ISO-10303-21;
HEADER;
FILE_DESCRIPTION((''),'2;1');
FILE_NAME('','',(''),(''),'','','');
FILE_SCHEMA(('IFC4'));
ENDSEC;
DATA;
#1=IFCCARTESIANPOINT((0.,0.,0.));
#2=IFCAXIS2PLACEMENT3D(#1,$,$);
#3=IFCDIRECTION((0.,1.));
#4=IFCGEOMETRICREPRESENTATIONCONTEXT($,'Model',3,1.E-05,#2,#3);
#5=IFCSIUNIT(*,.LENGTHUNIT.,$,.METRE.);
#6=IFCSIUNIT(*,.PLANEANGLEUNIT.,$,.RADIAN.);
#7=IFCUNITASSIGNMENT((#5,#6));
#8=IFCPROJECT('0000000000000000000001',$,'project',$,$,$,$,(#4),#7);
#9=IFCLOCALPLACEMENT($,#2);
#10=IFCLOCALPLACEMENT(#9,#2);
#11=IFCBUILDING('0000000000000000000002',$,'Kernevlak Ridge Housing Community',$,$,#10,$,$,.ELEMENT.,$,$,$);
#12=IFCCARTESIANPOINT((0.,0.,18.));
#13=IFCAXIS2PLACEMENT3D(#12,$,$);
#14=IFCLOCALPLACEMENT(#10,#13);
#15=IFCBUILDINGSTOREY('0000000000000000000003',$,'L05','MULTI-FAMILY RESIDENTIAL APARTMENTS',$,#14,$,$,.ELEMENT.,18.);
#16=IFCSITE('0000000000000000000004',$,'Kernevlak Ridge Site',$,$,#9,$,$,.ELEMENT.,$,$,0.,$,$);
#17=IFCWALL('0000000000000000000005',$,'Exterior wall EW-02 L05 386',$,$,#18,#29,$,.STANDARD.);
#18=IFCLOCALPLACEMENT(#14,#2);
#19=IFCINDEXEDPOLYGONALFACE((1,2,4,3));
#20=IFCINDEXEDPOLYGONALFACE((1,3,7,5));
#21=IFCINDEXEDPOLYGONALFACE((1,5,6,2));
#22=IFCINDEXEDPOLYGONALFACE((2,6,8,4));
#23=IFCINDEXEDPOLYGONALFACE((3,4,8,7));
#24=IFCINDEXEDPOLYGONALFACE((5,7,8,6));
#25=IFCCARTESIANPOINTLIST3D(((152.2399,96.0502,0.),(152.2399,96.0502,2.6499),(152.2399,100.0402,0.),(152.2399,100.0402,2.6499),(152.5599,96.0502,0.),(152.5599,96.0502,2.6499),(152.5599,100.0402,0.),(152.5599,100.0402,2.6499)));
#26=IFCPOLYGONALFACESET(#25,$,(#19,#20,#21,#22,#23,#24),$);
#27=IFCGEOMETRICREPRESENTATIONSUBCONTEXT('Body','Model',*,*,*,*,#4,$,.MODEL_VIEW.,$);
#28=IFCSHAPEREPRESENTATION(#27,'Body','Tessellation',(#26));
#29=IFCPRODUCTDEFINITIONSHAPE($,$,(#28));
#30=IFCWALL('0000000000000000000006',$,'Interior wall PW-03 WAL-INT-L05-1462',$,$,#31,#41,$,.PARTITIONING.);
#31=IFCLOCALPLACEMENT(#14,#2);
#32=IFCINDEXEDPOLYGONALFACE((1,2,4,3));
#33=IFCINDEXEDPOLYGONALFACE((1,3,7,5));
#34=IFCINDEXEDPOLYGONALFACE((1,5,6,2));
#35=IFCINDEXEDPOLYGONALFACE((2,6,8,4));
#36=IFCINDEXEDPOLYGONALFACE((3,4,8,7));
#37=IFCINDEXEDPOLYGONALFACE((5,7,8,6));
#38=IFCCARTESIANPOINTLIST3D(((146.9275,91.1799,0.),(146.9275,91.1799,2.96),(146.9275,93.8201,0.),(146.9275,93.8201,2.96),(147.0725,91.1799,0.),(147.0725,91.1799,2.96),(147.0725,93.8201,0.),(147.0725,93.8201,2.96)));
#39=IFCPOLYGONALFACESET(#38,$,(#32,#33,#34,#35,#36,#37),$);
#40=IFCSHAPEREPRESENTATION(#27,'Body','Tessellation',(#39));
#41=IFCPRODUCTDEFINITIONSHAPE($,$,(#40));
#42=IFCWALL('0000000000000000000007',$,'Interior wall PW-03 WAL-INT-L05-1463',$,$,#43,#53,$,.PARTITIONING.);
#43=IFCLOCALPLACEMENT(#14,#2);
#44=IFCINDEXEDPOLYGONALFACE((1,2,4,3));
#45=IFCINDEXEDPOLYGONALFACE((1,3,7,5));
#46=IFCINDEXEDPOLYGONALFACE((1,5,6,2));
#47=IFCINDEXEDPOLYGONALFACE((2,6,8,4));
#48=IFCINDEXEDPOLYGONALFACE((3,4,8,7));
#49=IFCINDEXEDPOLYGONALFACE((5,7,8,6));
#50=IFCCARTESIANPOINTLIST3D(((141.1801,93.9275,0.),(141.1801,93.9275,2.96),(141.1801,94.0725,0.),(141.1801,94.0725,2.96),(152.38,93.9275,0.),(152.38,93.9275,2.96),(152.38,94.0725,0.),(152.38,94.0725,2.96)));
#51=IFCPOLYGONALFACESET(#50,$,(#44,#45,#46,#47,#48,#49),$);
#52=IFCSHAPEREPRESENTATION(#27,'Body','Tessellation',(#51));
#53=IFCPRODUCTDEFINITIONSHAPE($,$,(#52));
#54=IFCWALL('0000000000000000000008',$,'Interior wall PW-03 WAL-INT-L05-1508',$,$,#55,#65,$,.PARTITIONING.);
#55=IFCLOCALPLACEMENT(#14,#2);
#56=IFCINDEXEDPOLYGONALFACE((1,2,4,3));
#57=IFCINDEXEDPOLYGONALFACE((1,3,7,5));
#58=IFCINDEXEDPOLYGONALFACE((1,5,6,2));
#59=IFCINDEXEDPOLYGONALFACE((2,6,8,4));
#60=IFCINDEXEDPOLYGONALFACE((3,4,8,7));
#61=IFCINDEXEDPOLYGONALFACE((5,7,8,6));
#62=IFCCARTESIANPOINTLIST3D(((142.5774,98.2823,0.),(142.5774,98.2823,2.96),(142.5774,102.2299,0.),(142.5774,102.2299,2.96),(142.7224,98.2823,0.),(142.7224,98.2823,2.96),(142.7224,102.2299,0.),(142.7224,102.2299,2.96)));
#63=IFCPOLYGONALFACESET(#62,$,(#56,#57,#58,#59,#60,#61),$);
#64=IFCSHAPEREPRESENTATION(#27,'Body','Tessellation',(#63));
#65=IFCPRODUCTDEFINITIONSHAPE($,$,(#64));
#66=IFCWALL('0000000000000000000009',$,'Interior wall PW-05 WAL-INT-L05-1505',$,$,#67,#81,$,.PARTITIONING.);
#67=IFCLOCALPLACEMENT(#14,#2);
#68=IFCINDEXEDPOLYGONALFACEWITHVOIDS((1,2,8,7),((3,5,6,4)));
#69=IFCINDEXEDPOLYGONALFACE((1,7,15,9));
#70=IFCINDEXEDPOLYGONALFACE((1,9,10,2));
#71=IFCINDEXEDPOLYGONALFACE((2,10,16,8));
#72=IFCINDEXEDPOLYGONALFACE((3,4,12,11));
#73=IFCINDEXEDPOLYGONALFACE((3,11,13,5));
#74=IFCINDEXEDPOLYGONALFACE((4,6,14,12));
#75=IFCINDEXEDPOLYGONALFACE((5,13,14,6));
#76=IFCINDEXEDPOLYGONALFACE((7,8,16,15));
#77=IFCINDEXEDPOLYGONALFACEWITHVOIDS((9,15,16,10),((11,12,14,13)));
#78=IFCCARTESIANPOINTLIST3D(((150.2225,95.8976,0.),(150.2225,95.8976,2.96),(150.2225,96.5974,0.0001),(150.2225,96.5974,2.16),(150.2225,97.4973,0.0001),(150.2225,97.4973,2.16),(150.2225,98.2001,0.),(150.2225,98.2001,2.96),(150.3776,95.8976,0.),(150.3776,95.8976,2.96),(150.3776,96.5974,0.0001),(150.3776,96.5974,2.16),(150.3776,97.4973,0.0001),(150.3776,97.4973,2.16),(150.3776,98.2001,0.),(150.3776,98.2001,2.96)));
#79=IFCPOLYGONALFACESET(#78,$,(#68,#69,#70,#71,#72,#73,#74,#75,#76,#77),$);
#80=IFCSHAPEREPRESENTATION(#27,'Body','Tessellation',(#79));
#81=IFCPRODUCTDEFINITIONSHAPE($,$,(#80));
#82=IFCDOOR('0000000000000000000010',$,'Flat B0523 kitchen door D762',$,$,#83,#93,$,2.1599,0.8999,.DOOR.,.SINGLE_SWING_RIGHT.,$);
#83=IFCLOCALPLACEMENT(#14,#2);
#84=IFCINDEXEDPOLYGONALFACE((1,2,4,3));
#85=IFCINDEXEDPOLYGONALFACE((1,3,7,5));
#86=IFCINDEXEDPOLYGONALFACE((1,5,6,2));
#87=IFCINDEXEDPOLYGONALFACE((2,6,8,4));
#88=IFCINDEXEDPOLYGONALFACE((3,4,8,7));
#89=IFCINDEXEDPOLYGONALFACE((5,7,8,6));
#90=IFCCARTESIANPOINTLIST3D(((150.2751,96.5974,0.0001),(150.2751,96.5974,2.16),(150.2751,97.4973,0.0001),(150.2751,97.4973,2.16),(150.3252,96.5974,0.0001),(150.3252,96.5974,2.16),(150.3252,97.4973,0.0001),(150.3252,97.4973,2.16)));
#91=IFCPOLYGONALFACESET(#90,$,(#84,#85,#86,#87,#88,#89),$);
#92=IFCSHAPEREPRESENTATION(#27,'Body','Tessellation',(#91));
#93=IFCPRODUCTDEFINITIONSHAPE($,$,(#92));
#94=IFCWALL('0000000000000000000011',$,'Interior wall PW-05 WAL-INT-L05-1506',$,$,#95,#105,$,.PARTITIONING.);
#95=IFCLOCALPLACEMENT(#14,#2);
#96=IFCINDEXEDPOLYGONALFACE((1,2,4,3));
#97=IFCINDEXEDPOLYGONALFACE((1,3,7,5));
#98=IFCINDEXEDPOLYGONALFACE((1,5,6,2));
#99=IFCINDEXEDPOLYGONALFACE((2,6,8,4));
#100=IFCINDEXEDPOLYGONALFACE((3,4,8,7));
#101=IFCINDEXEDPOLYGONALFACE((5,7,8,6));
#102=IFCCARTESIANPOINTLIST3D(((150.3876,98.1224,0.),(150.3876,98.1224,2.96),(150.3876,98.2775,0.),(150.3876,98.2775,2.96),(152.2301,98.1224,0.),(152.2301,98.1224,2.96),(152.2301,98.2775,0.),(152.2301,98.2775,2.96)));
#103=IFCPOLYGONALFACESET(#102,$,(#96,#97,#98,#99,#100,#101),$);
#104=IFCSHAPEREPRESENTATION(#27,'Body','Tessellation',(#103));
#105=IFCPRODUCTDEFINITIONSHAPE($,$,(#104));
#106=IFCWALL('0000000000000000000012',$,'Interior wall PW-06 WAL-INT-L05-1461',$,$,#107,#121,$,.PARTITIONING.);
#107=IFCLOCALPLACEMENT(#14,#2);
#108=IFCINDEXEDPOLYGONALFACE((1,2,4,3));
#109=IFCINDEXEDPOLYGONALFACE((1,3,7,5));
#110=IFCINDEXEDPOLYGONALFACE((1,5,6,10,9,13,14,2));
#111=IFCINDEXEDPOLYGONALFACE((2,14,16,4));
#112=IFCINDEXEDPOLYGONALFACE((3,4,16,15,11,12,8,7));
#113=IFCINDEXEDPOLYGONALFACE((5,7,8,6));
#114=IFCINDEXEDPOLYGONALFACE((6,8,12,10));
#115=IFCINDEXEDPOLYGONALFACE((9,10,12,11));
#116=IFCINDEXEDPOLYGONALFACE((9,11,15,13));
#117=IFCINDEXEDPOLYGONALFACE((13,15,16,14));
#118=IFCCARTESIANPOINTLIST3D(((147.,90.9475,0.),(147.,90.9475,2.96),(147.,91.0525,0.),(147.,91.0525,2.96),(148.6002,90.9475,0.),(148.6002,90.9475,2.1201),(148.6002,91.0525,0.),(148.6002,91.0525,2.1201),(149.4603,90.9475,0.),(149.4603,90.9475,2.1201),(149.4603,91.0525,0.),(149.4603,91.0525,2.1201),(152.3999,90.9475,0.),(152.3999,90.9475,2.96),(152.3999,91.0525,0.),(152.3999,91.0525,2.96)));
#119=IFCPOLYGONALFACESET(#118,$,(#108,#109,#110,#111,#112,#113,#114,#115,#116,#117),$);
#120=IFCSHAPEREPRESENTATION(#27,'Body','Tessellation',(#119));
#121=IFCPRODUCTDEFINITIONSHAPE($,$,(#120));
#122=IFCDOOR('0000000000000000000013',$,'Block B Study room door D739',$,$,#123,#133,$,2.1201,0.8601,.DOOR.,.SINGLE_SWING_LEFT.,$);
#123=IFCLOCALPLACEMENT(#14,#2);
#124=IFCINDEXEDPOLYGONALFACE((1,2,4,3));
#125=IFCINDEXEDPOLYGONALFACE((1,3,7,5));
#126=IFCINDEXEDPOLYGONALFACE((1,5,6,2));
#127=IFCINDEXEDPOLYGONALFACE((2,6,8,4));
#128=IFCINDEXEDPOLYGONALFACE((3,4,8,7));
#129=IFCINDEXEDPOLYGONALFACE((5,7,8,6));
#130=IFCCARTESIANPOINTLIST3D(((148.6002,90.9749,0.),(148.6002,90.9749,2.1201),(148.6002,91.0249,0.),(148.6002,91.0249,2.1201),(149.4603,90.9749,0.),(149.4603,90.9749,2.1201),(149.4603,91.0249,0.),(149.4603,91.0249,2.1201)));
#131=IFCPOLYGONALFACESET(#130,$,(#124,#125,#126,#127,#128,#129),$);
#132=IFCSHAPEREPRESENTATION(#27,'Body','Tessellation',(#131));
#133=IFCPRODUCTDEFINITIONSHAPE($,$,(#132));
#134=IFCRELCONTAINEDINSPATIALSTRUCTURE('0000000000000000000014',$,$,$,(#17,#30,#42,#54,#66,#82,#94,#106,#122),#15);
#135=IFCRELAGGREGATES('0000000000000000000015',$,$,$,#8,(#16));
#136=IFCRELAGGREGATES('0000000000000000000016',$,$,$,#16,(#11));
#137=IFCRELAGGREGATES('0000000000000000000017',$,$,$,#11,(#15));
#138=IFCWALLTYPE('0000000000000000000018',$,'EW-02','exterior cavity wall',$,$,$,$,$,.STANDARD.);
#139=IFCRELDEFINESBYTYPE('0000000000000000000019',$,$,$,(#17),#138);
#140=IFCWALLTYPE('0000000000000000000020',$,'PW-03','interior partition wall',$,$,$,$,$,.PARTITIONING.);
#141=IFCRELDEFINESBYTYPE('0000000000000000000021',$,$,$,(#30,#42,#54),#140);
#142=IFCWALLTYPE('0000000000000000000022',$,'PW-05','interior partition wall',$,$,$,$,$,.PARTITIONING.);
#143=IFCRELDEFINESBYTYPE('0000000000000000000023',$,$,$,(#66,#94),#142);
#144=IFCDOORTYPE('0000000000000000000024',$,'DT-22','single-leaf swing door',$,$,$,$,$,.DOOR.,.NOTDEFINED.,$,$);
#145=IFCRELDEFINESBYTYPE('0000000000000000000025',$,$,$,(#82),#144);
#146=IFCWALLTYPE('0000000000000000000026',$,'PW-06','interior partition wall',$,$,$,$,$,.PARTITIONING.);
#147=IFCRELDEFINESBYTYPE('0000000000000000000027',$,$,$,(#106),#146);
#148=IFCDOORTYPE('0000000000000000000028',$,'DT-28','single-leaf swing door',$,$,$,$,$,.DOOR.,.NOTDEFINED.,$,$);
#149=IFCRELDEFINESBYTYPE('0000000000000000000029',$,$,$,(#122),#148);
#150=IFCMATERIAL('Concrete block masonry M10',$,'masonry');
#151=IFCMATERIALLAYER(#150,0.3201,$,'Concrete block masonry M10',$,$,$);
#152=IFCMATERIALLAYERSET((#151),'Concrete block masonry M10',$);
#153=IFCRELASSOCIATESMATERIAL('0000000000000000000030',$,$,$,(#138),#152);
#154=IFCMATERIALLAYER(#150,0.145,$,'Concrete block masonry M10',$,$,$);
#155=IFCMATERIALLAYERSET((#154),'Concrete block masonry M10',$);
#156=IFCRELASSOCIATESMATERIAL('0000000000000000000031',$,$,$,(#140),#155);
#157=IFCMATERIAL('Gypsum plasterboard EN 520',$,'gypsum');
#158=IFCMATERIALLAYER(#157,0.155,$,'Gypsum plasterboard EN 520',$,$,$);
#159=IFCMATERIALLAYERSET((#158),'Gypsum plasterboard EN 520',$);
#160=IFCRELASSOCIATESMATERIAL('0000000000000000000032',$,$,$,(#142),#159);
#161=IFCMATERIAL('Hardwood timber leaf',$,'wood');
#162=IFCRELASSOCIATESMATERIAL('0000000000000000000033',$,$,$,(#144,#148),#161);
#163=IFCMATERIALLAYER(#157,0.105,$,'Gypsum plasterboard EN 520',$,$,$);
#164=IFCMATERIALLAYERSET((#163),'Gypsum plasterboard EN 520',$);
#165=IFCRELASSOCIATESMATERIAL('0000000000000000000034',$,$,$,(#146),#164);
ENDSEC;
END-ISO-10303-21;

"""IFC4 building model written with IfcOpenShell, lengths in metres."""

from ifc_helpers import new_model, si_unit, direction, frame, frame_2d, origin, place, context, subcontext, project, spatial, rectangle, extrude, material, layer, layer_set, type_object, element, fill, save


model = new_model("IFC4")

# Units and contexts
model_context = context("Model", 3, precision=1e-05, world=origin(), true_north=direction((0.0, 1.0)))
body_context = subcontext(model_context, "Body", "Model", "MODEL_VIEW")
ifc_project = project(units=[si_unit("LENGTHUNIT", "METRE"), si_unit("PLANEANGLEUNIT", "RADIAN")], contexts=[model_context])

# Site, building, storey
site_placement = place(None, origin())
site = spatial("IfcSite", under=ifc_project, at=site_placement, Name="Kernevlak Ridge Site", CompositionType="ELEMENT", RefElevation=0.0)
building_placement = place(site_placement, origin())
building = spatial("IfcBuilding", under=site, at=building_placement, Name="Kernevlak Ridge Housing Community", CompositionType="ELEMENT")
storey_placement = place(building_placement, frame((0.0, 0.0, 18.0)))
storey = spatial("IfcBuildingStorey", under=building, at=storey_placement, Name="L05", Description="MULTI-FAMILY RESIDENTIAL APARTMENTS", CompositionType="ELEMENT", Elevation=18.0)

# Shared definitions
ifc_material_1 = material(Name="Concrete block masonry M10", Category="masonry")
ifc_layer_1 = layer(ifc_material_1, 0.3201, Name="Concrete block masonry M10")
ifc_layer_set_1 = layer_set([ifc_layer_1], Name="Concrete block masonry M10")
wall_type_1 = type_object("IfcWallType", Name="EW-02", Description="exterior cavity wall", PredefinedType="STANDARD", material=ifc_layer_set_1)

# Walls
wall_1_placement = place(storey_placement, frame((152.3999, 96.05, 0.0), z_axis=(0.0, 0.0, 1.0), x_axis=(0.0, 1.0, 0.0)))
element("IfcWall", 1, at=wall_1_placement, inside=storey, type_object=wall_type_1, Name="Exterior wall EW-02 L05 386", PredefinedType="STANDARD", context=body_context, shape_type="SweptSolid", body=[
    extrude(rectangle(XDim=3.99, YDim=0.3201, at=frame_2d((1.9951, 0.0))), origin(), (0.0, 0.0, 1.0), 2.6499),
])
ifc_layer_2 = layer(ifc_material_1, 0.145, Name="Concrete block masonry M10")
ifc_layer_set_2 = layer_set([ifc_layer_2], Name="Concrete block masonry M10")
wall_type_2 = type_object("IfcWallType", Name="PW-03", Description="interior partition wall", PredefinedType="PARTITIONING", material=ifc_layer_set_2)
wall_2_placement = place(storey_placement, frame((147.0, 91.1799, 0.0), z_axis=(0.0, 0.0, 1.0), x_axis=(0.0, 1.0, 0.0)))
element("IfcWall", 2, at=wall_2_placement, inside=storey, type_object=wall_type_2, Name="Interior wall PW-03 WAL-INT-L05-1462", PredefinedType="PARTITIONING", context=body_context, shape_type="SweptSolid", body=[
    extrude(rectangle(XDim=2.6401, YDim=0.145, at=frame_2d((1.3201, 0.0))), origin(), (0.0, 0.0, 1.0), 2.96),
])
wall_3_placement = place(storey_placement, frame((141.1799, 94.0, 0.0), z_axis=(0.0, 0.0, 1.0), x_axis=(1.0, 0.0, 0.0)))
element("IfcWall", 3, at=wall_3_placement, inside=storey, type_object=wall_type_2, Name="Interior wall PW-03 WAL-INT-L05-1463", PredefinedType="PARTITIONING", context=body_context, shape_type="SweptSolid", body=[
    extrude(rectangle(XDim=11.2, YDim=0.145, at=frame_2d((5.6001, 0.0))), origin(), (0.0, 0.0, 1.0), 2.96),
])

# Shared definitions
ifc_material_2 = material(Name="Hardwood timber leaf", Category="wood")

# Wall
wall_4_placement = place(storey_placement, frame((142.6499, 98.2825, 0.0), z_axis=(0.0, 0.0, 1.0), x_axis=(0.0, 1.0, 0.0)))
element("IfcWall", 4, at=wall_4_placement, inside=storey, type_object=wall_type_2, Name="Interior wall PW-03 WAL-INT-L05-1508", PredefinedType="PARTITIONING", context=body_context, shape_type="SweptSolid", body=[
    extrude(rectangle(XDim=3.9475, YDim=0.145, at=frame_2d((1.9736, 0.0))), origin(), (0.0, 0.0, 1.0), 2.96),
])

# Wall, opening, door
ifc_material_3 = material(Name="Gypsum plasterboard EN 520", Category="gypsum")
ifc_layer_3 = layer(ifc_material_3, 0.155, Name="Gypsum plasterboard EN 520")
ifc_layer_set_3 = layer_set([ifc_layer_3], Name="Gypsum plasterboard EN 520")
wall_type_3 = type_object("IfcWallType", Name="PW-05", Description="interior partition wall", PredefinedType="PARTITIONING", material=ifc_layer_set_3)
wall_5_placement = place(storey_placement, frame((150.3, 95.8975, 0.0), z_axis=(0.0, 0.0, 1.0), x_axis=(0.0, 1.0, 0.0)))
wall_5 = element("IfcWall", 5, at=wall_5_placement, inside=storey, type_object=wall_type_3, Name="Interior wall PW-05 WAL-INT-L05-1505", PredefinedType="PARTITIONING", context=body_context, shape_type="SweptSolid", body=[
    extrude(rectangle(XDim=2.3025, YDim=0.155, at=frame_2d((1.1514, 0.0))), origin(), (0.0, 0.0, 1.0), 2.96),
])
opening_1_placement = place(wall_5_placement, frame((0.7, 0.0, 0.0)))
opening_1 = element("IfcOpeningElement", 6, at=opening_1_placement, cuts=wall_5, PredefinedType="OPENING", context=body_context, shape_type="SweptSolid", body=[
    extrude(rectangle(XDim=0.8999, YDim=2.1599, at=frame_2d((0.45, 1.0801))), frame((0.0, 0.0874, 0.0), z_axis=(0.0, -1.0, 0.0), x_axis=(1.0, 0.0, 0.0)), (0.0, 0.0, 1.0), 0.175),
])
door_type_1 = type_object("IfcDoorType", Name="DT-22", Description="single-leaf swing door", OperationType="NOTDEFINED", PredefinedType="DOOR", material=ifc_material_2)
door_1_placement = place(opening_1_placement, origin())
door_1 = element("IfcDoor", 7, at=door_1_placement, inside=storey, type_object=door_type_1, Name="Flat B0523 kitchen door D762", OperationType="SINGLE_SWING_RIGHT", OverallHeight=2.1599, OverallWidth=0.8999, PredefinedType="DOOR", context=body_context, shape_type="SweptSolid", body=[
    extrude(rectangle(XDim=0.8999, YDim=2.1599, at=frame_2d((0.45, 1.0801))), frame((0.0, 0.0249, 0.0), z_axis=(0.0, -1.0, 0.0), x_axis=(1.0, 0.0, 0.0)), (0.0, 0.0, 1.0), 0.05),
])
fill(opening_1, door_1)

# Wall
wall_6_placement = place(storey_placement, frame((150.3875, 98.2, 0.0), z_axis=(0.0, 0.0, 1.0), x_axis=(1.0, 0.0, 0.0)))
element("IfcWall", 8, at=wall_6_placement, inside=storey, type_object=wall_type_3, Name="Interior wall PW-05 WAL-INT-L05-1506", PredefinedType="PARTITIONING", context=body_context, shape_type="SweptSolid", body=[
    extrude(rectangle(XDim=1.8425, YDim=0.155, at=frame_2d((0.9214, 0.0))), origin(), (0.0, 0.0, 1.0), 2.96),
])

# Wall, opening, door
ifc_layer_4 = layer(ifc_material_3, 0.105, Name="Gypsum plasterboard EN 520")
ifc_layer_set_4 = layer_set([ifc_layer_4], Name="Gypsum plasterboard EN 520")
wall_type_4 = type_object("IfcWallType", Name="PW-06", Description="interior partition wall", PredefinedType="PARTITIONING", material=ifc_layer_set_4)
wall_7_placement = place(storey_placement, frame((147.0, 91.0, 0.0), z_axis=(0.0, 0.0, 1.0), x_axis=(1.0, 0.0, 0.0)))
wall_7 = element("IfcWall", 9, at=wall_7_placement, inside=storey, type_object=wall_type_4, Name="Interior wall PW-06 WAL-INT-L05-1461", PredefinedType="PARTITIONING", context=body_context, shape_type="SweptSolid", body=[
    extrude(rectangle(XDim=5.3999, YDim=0.105, at=frame_2d((2.7, 0.0))), origin(), (0.0, 0.0, 1.0), 2.96),
])
opening_2_placement = place(wall_7_placement, frame((1.6001, 0.0, 0.0)))
opening_2 = element("IfcOpeningElement", 10, at=opening_2_placement, cuts=wall_7, PredefinedType="OPENING", context=body_context, shape_type="SweptSolid", body=[
    extrude(rectangle(XDim=0.8601, YDim=2.1201, at=frame_2d((0.4302, 1.0601))), frame((0.0, 0.0625, 0.0), z_axis=(0.0, -1.0, 0.0), x_axis=(1.0, 0.0, 0.0)), (0.0, 0.0, 1.0), 0.125),
])
door_type_2 = type_object("IfcDoorType", Name="DT-28", Description="single-leaf swing door", OperationType="NOTDEFINED", PredefinedType="DOOR", material=ifc_material_2)
door_2_placement = place(opening_2_placement, origin())
door_2 = element("IfcDoor", 11, at=door_2_placement, inside=storey, type_object=door_type_2, Name="Block B Study room door D739", OperationType="SINGLE_SWING_LEFT", OverallHeight=2.1201, OverallWidth=0.8601, PredefinedType="DOOR", context=body_context, shape_type="SweptSolid", body=[
    extrude(rectangle(XDim=0.8601, YDim=2.1201, at=frame_2d((0.4302, 1.0601))), frame((0.0, 0.0249, 0.0), z_axis=(0.0, -1.0, 0.0), x_axis=(1.0, 0.0, 0.0)), (0.0, 0.0, 1.0), 0.05),
])
fill(opening_2, door_2)

save(model, "model.ifc")
